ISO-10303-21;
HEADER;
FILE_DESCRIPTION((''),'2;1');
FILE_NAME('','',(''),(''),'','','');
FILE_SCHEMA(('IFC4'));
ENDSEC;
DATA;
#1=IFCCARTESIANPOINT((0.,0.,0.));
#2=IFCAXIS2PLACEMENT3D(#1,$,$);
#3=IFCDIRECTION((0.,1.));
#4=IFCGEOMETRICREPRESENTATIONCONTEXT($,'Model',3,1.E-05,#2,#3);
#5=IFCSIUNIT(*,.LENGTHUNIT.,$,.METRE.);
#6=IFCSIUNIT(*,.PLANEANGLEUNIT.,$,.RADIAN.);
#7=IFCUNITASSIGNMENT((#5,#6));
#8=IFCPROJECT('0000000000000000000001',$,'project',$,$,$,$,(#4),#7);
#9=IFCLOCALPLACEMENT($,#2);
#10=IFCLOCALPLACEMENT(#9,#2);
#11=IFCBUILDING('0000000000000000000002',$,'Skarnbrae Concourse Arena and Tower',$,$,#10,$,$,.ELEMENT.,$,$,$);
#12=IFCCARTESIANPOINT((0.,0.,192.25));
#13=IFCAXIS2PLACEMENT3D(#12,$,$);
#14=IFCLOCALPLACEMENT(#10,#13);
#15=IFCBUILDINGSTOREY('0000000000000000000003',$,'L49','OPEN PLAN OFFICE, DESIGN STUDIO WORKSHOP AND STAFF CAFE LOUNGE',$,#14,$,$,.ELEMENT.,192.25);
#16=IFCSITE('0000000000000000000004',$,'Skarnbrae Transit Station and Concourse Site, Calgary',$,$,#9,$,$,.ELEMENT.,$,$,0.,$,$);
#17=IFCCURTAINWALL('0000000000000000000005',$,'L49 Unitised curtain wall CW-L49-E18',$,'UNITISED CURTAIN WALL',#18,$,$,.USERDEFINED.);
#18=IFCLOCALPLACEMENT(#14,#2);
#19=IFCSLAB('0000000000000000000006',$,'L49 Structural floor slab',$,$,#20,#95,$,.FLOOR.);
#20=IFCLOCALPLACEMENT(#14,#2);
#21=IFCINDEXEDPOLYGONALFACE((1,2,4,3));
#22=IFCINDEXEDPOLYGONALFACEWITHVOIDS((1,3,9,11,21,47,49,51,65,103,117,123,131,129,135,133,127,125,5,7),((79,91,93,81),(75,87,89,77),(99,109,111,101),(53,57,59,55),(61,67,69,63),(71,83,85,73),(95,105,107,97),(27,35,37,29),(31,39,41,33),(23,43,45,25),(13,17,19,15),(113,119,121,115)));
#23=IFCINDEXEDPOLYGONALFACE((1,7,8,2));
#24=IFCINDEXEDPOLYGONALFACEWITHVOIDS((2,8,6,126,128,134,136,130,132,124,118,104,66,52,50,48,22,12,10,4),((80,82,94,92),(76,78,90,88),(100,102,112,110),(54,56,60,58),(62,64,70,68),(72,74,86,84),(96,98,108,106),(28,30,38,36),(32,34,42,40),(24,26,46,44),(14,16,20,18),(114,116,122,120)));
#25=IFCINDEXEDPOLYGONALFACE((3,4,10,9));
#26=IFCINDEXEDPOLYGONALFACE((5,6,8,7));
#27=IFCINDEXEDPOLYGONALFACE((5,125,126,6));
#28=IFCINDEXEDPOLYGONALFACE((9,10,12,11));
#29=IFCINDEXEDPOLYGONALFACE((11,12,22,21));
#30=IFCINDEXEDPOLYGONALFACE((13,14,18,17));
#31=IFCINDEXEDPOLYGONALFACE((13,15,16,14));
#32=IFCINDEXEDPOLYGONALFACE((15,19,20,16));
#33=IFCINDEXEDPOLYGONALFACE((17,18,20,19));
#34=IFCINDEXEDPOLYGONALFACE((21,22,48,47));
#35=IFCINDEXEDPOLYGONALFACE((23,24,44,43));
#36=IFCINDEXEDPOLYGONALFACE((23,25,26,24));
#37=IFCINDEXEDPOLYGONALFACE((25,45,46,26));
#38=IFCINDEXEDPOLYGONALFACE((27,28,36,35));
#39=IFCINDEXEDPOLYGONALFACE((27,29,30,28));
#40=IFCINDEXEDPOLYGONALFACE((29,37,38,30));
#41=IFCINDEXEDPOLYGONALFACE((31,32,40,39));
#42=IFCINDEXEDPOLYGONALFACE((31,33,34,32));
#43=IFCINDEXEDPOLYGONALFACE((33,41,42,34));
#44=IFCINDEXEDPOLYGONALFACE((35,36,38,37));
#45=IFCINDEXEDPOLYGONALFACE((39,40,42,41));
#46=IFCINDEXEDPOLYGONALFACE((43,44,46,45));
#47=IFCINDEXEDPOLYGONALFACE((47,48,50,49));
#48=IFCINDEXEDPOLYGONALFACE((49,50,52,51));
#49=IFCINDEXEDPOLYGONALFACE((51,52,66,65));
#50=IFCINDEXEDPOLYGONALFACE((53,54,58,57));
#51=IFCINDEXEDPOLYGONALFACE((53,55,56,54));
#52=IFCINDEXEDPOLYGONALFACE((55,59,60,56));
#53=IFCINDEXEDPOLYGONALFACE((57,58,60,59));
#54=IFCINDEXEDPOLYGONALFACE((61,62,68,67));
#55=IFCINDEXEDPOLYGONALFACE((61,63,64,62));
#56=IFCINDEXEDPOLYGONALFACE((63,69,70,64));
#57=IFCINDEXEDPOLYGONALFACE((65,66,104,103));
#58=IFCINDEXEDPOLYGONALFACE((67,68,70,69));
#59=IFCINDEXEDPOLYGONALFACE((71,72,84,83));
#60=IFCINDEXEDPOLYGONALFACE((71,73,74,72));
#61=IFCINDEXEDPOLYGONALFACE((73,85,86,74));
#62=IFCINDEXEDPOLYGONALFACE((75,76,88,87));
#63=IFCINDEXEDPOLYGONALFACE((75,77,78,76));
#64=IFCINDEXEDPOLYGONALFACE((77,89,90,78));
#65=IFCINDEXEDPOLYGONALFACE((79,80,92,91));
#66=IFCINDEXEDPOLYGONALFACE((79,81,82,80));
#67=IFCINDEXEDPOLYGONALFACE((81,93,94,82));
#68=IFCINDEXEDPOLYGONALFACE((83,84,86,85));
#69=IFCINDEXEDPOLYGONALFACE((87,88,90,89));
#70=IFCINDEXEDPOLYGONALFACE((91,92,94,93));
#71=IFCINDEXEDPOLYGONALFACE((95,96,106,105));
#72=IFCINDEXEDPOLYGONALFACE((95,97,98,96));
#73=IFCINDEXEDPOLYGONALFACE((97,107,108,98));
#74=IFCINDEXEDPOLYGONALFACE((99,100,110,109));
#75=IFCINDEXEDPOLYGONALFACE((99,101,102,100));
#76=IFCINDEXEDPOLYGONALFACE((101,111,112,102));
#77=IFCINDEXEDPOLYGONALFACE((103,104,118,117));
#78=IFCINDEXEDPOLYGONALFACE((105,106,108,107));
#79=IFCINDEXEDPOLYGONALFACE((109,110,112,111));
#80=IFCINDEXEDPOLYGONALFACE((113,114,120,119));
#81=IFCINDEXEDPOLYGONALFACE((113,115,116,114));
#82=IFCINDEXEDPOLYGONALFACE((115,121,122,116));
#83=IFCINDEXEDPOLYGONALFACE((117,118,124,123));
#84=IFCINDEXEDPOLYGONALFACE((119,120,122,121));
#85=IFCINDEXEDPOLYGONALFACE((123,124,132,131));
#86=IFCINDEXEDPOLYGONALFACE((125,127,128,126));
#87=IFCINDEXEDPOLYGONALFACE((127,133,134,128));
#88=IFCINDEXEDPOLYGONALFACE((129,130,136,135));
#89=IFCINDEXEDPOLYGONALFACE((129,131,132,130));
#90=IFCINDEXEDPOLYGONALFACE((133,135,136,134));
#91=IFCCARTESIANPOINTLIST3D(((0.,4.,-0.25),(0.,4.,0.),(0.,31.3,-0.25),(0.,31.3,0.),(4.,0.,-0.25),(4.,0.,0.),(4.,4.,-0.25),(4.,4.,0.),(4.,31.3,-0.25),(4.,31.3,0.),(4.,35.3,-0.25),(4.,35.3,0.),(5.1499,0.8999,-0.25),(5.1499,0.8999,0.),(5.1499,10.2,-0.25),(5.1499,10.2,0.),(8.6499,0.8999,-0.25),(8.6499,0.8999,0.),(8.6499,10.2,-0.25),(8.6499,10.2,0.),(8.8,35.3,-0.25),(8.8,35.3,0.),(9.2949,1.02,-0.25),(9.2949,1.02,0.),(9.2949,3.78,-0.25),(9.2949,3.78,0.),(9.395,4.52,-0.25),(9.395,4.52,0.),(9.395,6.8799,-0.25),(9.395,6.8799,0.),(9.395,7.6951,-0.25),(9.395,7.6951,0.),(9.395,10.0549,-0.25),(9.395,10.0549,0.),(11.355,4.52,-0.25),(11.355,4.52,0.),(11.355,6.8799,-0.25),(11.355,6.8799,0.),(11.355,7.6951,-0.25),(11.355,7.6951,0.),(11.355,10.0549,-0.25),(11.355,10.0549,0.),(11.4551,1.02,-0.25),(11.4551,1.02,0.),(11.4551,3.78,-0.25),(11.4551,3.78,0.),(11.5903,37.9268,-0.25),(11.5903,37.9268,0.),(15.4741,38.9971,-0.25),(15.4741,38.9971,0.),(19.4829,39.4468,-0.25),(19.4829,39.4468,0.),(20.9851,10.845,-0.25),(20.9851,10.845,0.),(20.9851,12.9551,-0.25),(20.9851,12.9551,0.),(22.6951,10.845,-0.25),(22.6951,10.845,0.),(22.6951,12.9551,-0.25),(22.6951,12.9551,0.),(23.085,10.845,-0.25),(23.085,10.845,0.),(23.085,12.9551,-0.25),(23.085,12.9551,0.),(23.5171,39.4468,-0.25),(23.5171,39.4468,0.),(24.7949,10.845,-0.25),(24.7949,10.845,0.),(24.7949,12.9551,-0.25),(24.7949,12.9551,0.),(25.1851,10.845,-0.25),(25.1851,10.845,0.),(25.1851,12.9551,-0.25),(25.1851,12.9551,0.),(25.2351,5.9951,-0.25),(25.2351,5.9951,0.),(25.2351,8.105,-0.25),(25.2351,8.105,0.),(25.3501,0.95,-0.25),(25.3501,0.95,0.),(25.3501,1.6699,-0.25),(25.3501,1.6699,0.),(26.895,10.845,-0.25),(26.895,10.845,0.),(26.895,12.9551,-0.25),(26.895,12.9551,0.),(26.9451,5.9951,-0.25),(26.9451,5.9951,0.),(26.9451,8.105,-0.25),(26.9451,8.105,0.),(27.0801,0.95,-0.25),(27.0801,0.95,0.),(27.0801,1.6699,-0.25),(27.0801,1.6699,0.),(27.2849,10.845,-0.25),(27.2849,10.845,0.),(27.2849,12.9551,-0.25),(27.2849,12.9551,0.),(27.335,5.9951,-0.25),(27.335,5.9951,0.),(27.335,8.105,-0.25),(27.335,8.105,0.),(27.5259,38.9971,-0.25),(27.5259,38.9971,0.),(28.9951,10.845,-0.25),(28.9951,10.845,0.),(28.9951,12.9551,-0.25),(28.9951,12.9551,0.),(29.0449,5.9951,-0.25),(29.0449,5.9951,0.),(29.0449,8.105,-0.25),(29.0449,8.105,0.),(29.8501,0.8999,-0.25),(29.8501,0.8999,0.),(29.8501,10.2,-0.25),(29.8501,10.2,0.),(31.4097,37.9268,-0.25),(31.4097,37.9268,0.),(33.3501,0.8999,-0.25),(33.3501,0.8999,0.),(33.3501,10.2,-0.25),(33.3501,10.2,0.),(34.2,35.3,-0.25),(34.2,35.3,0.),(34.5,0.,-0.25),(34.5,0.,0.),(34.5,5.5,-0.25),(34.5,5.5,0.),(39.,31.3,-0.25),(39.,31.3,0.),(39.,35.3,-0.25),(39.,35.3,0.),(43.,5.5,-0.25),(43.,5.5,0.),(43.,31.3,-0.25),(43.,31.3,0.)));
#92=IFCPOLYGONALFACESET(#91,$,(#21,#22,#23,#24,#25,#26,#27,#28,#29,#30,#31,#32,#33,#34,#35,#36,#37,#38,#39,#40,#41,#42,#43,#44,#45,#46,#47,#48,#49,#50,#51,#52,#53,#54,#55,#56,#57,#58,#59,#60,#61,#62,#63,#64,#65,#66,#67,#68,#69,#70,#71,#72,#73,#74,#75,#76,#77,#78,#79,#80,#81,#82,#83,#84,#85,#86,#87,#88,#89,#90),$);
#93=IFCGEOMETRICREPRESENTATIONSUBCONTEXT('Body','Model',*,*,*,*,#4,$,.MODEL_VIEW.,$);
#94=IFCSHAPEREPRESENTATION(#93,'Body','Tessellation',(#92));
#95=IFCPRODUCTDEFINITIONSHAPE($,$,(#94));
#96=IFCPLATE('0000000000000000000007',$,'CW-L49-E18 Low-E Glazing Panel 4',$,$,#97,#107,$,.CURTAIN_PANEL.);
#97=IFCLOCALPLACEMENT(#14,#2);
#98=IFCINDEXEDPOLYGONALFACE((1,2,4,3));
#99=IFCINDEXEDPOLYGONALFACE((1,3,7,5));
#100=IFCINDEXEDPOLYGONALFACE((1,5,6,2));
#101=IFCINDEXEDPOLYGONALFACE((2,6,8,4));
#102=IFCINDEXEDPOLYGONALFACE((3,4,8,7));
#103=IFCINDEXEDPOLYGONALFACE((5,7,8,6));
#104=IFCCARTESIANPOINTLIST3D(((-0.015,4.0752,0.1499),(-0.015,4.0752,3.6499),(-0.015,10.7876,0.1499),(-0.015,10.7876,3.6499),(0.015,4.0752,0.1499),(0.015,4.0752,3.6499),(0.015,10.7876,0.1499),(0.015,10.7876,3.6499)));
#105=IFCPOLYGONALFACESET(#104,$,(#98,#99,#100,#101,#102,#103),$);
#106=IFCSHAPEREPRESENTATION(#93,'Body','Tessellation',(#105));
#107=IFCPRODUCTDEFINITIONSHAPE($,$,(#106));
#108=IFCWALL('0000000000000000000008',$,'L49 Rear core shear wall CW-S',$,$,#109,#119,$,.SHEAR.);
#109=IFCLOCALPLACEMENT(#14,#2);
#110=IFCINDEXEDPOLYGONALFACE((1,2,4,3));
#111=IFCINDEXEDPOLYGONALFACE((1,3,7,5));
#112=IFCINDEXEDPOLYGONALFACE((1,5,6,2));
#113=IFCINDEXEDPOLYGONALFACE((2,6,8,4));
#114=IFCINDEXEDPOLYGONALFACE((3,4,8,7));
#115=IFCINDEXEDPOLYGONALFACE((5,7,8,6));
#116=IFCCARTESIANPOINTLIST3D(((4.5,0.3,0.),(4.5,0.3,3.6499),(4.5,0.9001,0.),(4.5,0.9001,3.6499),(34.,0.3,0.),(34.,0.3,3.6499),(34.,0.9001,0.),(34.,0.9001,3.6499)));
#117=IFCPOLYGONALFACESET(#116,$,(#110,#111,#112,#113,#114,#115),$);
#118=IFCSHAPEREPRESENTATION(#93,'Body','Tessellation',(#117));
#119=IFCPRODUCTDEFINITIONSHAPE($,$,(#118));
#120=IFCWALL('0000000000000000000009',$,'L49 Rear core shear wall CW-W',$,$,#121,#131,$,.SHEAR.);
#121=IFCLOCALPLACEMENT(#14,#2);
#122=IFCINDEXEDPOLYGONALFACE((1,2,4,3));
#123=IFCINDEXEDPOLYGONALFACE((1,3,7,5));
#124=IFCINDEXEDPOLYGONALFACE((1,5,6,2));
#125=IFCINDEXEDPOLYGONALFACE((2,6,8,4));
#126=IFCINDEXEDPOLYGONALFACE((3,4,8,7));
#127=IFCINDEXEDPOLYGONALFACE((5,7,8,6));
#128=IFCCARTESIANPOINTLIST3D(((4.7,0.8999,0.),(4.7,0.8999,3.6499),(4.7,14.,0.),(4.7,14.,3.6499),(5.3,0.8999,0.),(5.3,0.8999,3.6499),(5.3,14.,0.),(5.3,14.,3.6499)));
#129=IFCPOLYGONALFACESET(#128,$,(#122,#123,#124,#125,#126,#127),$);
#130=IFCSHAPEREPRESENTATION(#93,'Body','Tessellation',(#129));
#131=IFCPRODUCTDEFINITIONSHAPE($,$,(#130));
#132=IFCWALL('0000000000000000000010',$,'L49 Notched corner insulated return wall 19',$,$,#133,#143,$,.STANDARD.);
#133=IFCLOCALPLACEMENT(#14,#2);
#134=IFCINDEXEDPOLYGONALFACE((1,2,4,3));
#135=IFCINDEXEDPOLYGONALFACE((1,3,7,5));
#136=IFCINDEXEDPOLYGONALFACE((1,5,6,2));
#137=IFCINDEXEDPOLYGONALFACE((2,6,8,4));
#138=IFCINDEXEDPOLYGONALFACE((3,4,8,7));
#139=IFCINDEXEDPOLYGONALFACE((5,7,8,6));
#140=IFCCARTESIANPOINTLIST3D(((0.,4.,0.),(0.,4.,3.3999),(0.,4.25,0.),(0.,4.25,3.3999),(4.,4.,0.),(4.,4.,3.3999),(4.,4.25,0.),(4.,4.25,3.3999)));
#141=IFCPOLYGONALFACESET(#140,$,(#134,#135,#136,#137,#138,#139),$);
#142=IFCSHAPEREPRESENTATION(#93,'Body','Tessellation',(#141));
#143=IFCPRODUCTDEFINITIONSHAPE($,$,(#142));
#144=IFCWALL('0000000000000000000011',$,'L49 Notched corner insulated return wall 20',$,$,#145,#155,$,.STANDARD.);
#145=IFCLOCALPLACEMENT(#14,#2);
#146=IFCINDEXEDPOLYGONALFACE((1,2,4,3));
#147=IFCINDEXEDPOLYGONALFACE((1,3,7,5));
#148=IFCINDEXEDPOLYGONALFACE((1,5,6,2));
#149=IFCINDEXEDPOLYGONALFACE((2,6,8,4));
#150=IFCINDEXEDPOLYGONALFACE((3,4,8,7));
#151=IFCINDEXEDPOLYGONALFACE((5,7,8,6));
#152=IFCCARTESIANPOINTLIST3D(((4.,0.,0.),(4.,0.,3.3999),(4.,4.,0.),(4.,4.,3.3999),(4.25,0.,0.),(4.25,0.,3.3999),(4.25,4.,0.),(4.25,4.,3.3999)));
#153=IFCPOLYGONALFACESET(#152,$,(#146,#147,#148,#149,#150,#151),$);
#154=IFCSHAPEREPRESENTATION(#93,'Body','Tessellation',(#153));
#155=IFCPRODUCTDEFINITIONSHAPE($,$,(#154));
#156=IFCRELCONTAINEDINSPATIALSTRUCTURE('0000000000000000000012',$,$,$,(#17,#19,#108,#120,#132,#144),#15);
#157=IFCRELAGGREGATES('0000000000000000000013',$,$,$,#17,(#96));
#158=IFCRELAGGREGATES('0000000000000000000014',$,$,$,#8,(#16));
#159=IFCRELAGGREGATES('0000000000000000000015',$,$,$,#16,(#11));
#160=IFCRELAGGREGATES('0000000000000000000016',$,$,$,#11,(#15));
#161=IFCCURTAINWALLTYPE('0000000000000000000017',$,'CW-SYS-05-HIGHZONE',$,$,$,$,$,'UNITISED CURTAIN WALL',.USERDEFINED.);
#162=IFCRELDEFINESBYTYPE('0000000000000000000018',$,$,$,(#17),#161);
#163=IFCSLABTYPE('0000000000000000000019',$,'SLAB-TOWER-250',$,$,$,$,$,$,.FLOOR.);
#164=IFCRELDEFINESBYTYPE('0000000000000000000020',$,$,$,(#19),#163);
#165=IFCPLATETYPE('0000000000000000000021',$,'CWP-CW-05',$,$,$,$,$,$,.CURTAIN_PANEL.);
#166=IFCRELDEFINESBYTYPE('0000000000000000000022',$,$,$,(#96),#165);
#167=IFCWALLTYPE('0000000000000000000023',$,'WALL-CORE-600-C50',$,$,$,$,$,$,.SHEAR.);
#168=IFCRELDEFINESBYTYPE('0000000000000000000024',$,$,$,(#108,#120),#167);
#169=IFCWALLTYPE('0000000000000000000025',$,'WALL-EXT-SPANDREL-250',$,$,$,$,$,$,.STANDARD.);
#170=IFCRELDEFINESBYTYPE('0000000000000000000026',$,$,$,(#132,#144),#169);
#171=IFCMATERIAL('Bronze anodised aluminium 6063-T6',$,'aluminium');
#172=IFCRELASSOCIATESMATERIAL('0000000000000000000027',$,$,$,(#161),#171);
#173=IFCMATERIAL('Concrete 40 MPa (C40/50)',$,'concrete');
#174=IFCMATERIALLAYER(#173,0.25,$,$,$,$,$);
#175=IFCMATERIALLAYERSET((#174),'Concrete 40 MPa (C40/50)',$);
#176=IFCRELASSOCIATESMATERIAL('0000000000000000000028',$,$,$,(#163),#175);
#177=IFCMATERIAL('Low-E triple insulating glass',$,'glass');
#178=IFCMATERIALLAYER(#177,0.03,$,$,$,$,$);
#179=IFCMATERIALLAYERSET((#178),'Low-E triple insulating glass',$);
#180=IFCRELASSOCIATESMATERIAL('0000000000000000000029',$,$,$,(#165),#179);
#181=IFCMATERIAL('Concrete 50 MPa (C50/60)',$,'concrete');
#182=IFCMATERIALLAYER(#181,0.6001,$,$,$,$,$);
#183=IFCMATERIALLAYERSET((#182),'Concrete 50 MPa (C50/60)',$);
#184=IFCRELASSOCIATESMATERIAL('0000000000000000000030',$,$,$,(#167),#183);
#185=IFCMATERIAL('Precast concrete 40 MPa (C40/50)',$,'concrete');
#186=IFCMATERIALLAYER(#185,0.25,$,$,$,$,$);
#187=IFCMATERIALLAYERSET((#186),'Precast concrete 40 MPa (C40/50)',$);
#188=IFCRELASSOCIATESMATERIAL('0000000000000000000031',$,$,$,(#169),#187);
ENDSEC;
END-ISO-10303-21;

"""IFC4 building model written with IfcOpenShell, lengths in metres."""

from ifc_helpers import new_model, si_unit, direction, frame, frame_2d, origin, origin_2d, place, context, subcontext, project, spatial, polyline, rectangle, outline, extrude, source, transform, mapped, material, layer, layer_set, type_object, element, aggregate, save


model = new_model("IFC4")

# Units and contexts
model_context = context("Model", 3, precision=1e-05, world=origin(), true_north=direction((0.0, 1.0)))
body_context = subcontext(model_context, "Body", "Model", "MODEL_VIEW")
ifc_project = project(units=[si_unit("LENGTHUNIT", "METRE"), si_unit("PLANEANGLEUNIT", "RADIAN")], contexts=[model_context])

# Site, building, storey
site_placement = place(None, origin())
site = spatial("IfcSite", under=ifc_project, at=site_placement, Name="Skarnbrae Transit Station and Concourse Site, Calgary", CompositionType="ELEMENT", RefElevation=0.0)
building_placement = place(site_placement, origin())
building = spatial("IfcBuilding", under=site, at=building_placement, Name="Skarnbrae Concourse Arena and Tower", CompositionType="ELEMENT")
storey_placement = place(building_placement, frame((0.0, 0.0, 192.25)))
storey = spatial("IfcBuildingStorey", under=building, at=storey_placement, Name="L49", Description="OPEN PLAN OFFICE, DESIGN STUDIO WORKSHOP AND STAFF CAFE LOUNGE", CompositionType="ELEMENT", Elevation=192.25)

# Curtain wall
ifc_material_1 = material(Name="Bronze anodised aluminium 6063-T6", Category="aluminium")
curtain_wall_type = type_object("IfcCurtainWallType", Name="CW-SYS-05-HIGHZONE", ElementType="UNITISED CURTAIN WALL", PredefinedType="USERDEFINED", material=ifc_material_1)
curtain_wall_placement = place(storey_placement, origin())
curtain_wall = element("IfcCurtainWall", 1, at=curtain_wall_placement, inside=storey, type_object=curtain_wall_type, Name="L49 Unitised curtain wall CW-L49-E18", ObjectType="UNITISED CURTAIN WALL", PredefinedType="USERDEFINED")

# Shared definitions
ifc_material_2 = material(Name="Concrete 40 MPa (C40/50)", Category="concrete")

# Slab
ifc_layer_1 = layer(ifc_material_2, 0.25)
ifc_layer_set_1 = layer_set([ifc_layer_1], Name="Concrete 40 MPa (C40/50)")
slab_type_1 = type_object("IfcSlabType", Name="SLAB-TOWER-250", PredefinedType="FLOOR", material=ifc_layer_set_1)
slab_1_placement = place(storey_placement, frame((0.0, 0.0, -0.25)))
element("IfcSlab", 2, at=slab_1_placement, inside=storey, type_object=slab_type_1, Name="L49 Structural floor slab", PredefinedType="FLOOR", context=body_context, shape_type="SweptSolid", body=[
    extrude(outline(polyline([(4.0, 0.0), (34.5, 0.0), (34.5, 5.5), (43.0, 5.5), (43.0, 31.3), (39.0, 31.3), (39.0, 35.3), (34.2, 35.3), (31.4097, 37.9268), (27.5259, 38.9971), (23.5171, 39.4468), (19.4829, 39.4468), (15.4741, 38.9971), (11.5903, 37.9268), (8.8, 35.3), (4.0, 35.3), (4.0, 31.3), (0.0, 31.3), (0.0, 4.0), (4.0, 4.0), (4.0, 0.0)]), holes=[polyline([(9.2949, 1.02), (9.2949, 3.78), (11.4551, 3.78), (11.4551, 1.02), (9.2949, 1.02)]), polyline([(8.6499, 10.2), (8.6499, 0.8999), (5.1499, 0.8999), (5.1499, 10.2), (8.6499, 10.2)]), polyline([(9.395, 6.8799), (11.355, 6.8799), (11.355, 4.52), (9.395, 4.52), (9.395, 6.8799)]), polyline([(9.395, 7.6951), (9.395, 10.0549), (11.355, 10.0549), (11.355, 7.6951), (9.395, 7.6951)]), polyline([(20.9851, 12.9551), (22.6951, 12.9551), (22.6951, 10.845), (20.9851, 10.845), (20.9851, 12.9551)]), polyline([(23.085, 12.9551), (24.7949, 12.9551), (24.7949, 10.845), (23.085, 10.845), (23.085, 12.9551)]), polyline([(25.3501, 0.95), (25.3501, 1.6699), (27.0801, 1.6699), (27.0801, 0.95), (25.3501, 0.95)]), polyline([(33.3501, 10.2), (33.3501, 0.8999), (29.8501, 0.8999), (29.8501, 10.2), (33.3501, 10.2)]), polyline([(25.2351, 8.105), (26.9451, 8.105), (26.9451, 5.9951), (25.2351, 5.9951), (25.2351, 8.105)]), polyline([(27.335, 5.9951), (27.335, 8.105), (29.0449, 8.105), (29.0449, 5.9951), (27.335, 5.9951)]), polyline([(25.1851, 12.9551), (26.895, 12.9551), (26.895, 10.845), (25.1851, 10.845), (25.1851, 12.9551)]), polyline([(27.2849, 12.9551), (28.9951, 12.9551), (28.9951, 10.845), (27.2849, 10.845), (27.2849, 12.9551)])]), origin(), (0.0, 0.0, 1.0), 0.25),
])

# Plate
ifc_material_3 = material(Name="Low-E triple insulating glass", Category="glass")
ifc_layer_2 = layer(ifc_material_3, 0.03)
ifc_layer_set_2 = layer_set([ifc_layer_2], Name="Low-E triple insulating glass")
plate_type = type_object("IfcPlateType", Name="CWP-CW-05", PredefinedType="CURTAIN_PANEL", material=ifc_layer_set_2)
shared_shape_1 = source(origin(), body_context, "Body", "SweptSolid", [
    extrude(rectangle(XDim=6.7124, YDim=0.03, at=origin_2d()), origin(), (0.0, 0.0, 1.0), 3.5),
])
plate_placement = place(storey_placement, frame((0.0, 7.4314, 0.1499), z_axis=(0.0, 0.0, 1.0), x_axis=(0.0, -1.0, 0.0)))
plate = element("IfcPlate", 3, at=plate_placement, type_object=plate_type, Name="CW-L49-E18 Low-E Glazing Panel 4", PredefinedType="CURTAIN_PANEL", context=body_context, shape_type="MappedRepresentation", body=[
    mapped(shared_shape_1, transform((0.0, 0.0, 0.0))),
])
aggregate(curtain_wall, [plate])

# Walls
ifc_material_4 = material(Name="Concrete 50 MPa (C50/60)", Category="concrete")
ifc_layer_3 = layer(ifc_material_4, 0.6001)
ifc_layer_set_3 = layer_set([ifc_layer_3], Name="Concrete 50 MPa (C50/60)")
wall_type_1 = type_object("IfcWallType", Name="WALL-CORE-600-C50", PredefinedType="SHEAR", material=ifc_layer_set_3)
shared_shape_2 = source(origin(), body_context, "Body", "SweptSolid", [
    extrude(rectangle(XDim=29.5, YDim=0.6001, at=frame_2d((14.75, 0.0))), origin(), (0.0, 0.0, 1.0), 3.6499),
])
wall_1_placement = place(storey_placement, frame((4.5, 0.6001, 0.0), z_axis=(0.0, 0.0, 1.0), x_axis=(1.0, 0.0, 0.0)))
element("IfcWall", 4, at=wall_1_placement, inside=storey, type_object=wall_type_1, Name="L49 Rear core shear wall CW-S", PredefinedType="SHEAR", context=body_context, shape_type="MappedRepresentation", body=[
    mapped(shared_shape_2, transform((0.0, 0.0, 0.0))),
])
shared_shape_3 = source(origin(), body_context, "Body", "SweptSolid", [
    extrude(rectangle(XDim=13.1001, YDim=0.6001, at=frame_2d((6.55, 0.0))), origin(), (0.0, 0.0, 1.0), 3.6499),
])
wall_2_placement = place(storey_placement, frame((5.0, 0.8999, 0.0), z_axis=(0.0, 0.0, 1.0), x_axis=(0.0, 1.0, 0.0)))
element("IfcWall", 5, at=wall_2_placement, inside=storey, type_object=wall_type_1, Name="L49 Rear core shear wall CW-W", PredefinedType="SHEAR", context=body_context, shape_type="MappedRepresentation", body=[
    mapped(shared_shape_3, transform((0.0, 0.0, 0.0))),
])
ifc_material_5 = material(Name="Precast concrete 40 MPa (C40/50)", Category="concrete")
ifc_layer_4 = layer(ifc_material_5, 0.25)
ifc_layer_set_4 = layer_set([ifc_layer_4], Name="Precast concrete 40 MPa (C40/50)")
wall_type_2 = type_object("IfcWallType", Name="WALL-EXT-SPANDREL-250", PredefinedType="STANDARD", material=ifc_layer_set_4)
shared_shape_4 = source(origin(), body_context, "Body", "SweptSolid", [
    extrude(rectangle(XDim=4.0, YDim=0.25, at=frame_2d((2.0, 0.0))), origin(), (0.0, 0.0, 1.0), 3.3999),
])
for number, where, z_axis, x_axis, name in (
    (6, (0.0, 4.125, 0.0), (0.0, 0.0, 1.0), (1.0, 0.0, 0.0), "L49 Notched corner insulated return wall 19"),
    (7, (4.125, 4.0, 0.0), (0.0, 0.0, 1.0), (0.0, -1.0, 0.0), "L49 Notched corner insulated return wall 20"),
):
    element("IfcWall", number, at=place(storey_placement, frame(where, z_axis=z_axis, x_axis=x_axis)), inside=storey, type_object=wall_type_2, Name=name, PredefinedType="STANDARD", context=body_context, shape_type="MappedRepresentation", body=[
        mapped(shared_shape_4, transform((0.0, 0.0, 0.0))),
    ])

save(model, "model.ifc")
